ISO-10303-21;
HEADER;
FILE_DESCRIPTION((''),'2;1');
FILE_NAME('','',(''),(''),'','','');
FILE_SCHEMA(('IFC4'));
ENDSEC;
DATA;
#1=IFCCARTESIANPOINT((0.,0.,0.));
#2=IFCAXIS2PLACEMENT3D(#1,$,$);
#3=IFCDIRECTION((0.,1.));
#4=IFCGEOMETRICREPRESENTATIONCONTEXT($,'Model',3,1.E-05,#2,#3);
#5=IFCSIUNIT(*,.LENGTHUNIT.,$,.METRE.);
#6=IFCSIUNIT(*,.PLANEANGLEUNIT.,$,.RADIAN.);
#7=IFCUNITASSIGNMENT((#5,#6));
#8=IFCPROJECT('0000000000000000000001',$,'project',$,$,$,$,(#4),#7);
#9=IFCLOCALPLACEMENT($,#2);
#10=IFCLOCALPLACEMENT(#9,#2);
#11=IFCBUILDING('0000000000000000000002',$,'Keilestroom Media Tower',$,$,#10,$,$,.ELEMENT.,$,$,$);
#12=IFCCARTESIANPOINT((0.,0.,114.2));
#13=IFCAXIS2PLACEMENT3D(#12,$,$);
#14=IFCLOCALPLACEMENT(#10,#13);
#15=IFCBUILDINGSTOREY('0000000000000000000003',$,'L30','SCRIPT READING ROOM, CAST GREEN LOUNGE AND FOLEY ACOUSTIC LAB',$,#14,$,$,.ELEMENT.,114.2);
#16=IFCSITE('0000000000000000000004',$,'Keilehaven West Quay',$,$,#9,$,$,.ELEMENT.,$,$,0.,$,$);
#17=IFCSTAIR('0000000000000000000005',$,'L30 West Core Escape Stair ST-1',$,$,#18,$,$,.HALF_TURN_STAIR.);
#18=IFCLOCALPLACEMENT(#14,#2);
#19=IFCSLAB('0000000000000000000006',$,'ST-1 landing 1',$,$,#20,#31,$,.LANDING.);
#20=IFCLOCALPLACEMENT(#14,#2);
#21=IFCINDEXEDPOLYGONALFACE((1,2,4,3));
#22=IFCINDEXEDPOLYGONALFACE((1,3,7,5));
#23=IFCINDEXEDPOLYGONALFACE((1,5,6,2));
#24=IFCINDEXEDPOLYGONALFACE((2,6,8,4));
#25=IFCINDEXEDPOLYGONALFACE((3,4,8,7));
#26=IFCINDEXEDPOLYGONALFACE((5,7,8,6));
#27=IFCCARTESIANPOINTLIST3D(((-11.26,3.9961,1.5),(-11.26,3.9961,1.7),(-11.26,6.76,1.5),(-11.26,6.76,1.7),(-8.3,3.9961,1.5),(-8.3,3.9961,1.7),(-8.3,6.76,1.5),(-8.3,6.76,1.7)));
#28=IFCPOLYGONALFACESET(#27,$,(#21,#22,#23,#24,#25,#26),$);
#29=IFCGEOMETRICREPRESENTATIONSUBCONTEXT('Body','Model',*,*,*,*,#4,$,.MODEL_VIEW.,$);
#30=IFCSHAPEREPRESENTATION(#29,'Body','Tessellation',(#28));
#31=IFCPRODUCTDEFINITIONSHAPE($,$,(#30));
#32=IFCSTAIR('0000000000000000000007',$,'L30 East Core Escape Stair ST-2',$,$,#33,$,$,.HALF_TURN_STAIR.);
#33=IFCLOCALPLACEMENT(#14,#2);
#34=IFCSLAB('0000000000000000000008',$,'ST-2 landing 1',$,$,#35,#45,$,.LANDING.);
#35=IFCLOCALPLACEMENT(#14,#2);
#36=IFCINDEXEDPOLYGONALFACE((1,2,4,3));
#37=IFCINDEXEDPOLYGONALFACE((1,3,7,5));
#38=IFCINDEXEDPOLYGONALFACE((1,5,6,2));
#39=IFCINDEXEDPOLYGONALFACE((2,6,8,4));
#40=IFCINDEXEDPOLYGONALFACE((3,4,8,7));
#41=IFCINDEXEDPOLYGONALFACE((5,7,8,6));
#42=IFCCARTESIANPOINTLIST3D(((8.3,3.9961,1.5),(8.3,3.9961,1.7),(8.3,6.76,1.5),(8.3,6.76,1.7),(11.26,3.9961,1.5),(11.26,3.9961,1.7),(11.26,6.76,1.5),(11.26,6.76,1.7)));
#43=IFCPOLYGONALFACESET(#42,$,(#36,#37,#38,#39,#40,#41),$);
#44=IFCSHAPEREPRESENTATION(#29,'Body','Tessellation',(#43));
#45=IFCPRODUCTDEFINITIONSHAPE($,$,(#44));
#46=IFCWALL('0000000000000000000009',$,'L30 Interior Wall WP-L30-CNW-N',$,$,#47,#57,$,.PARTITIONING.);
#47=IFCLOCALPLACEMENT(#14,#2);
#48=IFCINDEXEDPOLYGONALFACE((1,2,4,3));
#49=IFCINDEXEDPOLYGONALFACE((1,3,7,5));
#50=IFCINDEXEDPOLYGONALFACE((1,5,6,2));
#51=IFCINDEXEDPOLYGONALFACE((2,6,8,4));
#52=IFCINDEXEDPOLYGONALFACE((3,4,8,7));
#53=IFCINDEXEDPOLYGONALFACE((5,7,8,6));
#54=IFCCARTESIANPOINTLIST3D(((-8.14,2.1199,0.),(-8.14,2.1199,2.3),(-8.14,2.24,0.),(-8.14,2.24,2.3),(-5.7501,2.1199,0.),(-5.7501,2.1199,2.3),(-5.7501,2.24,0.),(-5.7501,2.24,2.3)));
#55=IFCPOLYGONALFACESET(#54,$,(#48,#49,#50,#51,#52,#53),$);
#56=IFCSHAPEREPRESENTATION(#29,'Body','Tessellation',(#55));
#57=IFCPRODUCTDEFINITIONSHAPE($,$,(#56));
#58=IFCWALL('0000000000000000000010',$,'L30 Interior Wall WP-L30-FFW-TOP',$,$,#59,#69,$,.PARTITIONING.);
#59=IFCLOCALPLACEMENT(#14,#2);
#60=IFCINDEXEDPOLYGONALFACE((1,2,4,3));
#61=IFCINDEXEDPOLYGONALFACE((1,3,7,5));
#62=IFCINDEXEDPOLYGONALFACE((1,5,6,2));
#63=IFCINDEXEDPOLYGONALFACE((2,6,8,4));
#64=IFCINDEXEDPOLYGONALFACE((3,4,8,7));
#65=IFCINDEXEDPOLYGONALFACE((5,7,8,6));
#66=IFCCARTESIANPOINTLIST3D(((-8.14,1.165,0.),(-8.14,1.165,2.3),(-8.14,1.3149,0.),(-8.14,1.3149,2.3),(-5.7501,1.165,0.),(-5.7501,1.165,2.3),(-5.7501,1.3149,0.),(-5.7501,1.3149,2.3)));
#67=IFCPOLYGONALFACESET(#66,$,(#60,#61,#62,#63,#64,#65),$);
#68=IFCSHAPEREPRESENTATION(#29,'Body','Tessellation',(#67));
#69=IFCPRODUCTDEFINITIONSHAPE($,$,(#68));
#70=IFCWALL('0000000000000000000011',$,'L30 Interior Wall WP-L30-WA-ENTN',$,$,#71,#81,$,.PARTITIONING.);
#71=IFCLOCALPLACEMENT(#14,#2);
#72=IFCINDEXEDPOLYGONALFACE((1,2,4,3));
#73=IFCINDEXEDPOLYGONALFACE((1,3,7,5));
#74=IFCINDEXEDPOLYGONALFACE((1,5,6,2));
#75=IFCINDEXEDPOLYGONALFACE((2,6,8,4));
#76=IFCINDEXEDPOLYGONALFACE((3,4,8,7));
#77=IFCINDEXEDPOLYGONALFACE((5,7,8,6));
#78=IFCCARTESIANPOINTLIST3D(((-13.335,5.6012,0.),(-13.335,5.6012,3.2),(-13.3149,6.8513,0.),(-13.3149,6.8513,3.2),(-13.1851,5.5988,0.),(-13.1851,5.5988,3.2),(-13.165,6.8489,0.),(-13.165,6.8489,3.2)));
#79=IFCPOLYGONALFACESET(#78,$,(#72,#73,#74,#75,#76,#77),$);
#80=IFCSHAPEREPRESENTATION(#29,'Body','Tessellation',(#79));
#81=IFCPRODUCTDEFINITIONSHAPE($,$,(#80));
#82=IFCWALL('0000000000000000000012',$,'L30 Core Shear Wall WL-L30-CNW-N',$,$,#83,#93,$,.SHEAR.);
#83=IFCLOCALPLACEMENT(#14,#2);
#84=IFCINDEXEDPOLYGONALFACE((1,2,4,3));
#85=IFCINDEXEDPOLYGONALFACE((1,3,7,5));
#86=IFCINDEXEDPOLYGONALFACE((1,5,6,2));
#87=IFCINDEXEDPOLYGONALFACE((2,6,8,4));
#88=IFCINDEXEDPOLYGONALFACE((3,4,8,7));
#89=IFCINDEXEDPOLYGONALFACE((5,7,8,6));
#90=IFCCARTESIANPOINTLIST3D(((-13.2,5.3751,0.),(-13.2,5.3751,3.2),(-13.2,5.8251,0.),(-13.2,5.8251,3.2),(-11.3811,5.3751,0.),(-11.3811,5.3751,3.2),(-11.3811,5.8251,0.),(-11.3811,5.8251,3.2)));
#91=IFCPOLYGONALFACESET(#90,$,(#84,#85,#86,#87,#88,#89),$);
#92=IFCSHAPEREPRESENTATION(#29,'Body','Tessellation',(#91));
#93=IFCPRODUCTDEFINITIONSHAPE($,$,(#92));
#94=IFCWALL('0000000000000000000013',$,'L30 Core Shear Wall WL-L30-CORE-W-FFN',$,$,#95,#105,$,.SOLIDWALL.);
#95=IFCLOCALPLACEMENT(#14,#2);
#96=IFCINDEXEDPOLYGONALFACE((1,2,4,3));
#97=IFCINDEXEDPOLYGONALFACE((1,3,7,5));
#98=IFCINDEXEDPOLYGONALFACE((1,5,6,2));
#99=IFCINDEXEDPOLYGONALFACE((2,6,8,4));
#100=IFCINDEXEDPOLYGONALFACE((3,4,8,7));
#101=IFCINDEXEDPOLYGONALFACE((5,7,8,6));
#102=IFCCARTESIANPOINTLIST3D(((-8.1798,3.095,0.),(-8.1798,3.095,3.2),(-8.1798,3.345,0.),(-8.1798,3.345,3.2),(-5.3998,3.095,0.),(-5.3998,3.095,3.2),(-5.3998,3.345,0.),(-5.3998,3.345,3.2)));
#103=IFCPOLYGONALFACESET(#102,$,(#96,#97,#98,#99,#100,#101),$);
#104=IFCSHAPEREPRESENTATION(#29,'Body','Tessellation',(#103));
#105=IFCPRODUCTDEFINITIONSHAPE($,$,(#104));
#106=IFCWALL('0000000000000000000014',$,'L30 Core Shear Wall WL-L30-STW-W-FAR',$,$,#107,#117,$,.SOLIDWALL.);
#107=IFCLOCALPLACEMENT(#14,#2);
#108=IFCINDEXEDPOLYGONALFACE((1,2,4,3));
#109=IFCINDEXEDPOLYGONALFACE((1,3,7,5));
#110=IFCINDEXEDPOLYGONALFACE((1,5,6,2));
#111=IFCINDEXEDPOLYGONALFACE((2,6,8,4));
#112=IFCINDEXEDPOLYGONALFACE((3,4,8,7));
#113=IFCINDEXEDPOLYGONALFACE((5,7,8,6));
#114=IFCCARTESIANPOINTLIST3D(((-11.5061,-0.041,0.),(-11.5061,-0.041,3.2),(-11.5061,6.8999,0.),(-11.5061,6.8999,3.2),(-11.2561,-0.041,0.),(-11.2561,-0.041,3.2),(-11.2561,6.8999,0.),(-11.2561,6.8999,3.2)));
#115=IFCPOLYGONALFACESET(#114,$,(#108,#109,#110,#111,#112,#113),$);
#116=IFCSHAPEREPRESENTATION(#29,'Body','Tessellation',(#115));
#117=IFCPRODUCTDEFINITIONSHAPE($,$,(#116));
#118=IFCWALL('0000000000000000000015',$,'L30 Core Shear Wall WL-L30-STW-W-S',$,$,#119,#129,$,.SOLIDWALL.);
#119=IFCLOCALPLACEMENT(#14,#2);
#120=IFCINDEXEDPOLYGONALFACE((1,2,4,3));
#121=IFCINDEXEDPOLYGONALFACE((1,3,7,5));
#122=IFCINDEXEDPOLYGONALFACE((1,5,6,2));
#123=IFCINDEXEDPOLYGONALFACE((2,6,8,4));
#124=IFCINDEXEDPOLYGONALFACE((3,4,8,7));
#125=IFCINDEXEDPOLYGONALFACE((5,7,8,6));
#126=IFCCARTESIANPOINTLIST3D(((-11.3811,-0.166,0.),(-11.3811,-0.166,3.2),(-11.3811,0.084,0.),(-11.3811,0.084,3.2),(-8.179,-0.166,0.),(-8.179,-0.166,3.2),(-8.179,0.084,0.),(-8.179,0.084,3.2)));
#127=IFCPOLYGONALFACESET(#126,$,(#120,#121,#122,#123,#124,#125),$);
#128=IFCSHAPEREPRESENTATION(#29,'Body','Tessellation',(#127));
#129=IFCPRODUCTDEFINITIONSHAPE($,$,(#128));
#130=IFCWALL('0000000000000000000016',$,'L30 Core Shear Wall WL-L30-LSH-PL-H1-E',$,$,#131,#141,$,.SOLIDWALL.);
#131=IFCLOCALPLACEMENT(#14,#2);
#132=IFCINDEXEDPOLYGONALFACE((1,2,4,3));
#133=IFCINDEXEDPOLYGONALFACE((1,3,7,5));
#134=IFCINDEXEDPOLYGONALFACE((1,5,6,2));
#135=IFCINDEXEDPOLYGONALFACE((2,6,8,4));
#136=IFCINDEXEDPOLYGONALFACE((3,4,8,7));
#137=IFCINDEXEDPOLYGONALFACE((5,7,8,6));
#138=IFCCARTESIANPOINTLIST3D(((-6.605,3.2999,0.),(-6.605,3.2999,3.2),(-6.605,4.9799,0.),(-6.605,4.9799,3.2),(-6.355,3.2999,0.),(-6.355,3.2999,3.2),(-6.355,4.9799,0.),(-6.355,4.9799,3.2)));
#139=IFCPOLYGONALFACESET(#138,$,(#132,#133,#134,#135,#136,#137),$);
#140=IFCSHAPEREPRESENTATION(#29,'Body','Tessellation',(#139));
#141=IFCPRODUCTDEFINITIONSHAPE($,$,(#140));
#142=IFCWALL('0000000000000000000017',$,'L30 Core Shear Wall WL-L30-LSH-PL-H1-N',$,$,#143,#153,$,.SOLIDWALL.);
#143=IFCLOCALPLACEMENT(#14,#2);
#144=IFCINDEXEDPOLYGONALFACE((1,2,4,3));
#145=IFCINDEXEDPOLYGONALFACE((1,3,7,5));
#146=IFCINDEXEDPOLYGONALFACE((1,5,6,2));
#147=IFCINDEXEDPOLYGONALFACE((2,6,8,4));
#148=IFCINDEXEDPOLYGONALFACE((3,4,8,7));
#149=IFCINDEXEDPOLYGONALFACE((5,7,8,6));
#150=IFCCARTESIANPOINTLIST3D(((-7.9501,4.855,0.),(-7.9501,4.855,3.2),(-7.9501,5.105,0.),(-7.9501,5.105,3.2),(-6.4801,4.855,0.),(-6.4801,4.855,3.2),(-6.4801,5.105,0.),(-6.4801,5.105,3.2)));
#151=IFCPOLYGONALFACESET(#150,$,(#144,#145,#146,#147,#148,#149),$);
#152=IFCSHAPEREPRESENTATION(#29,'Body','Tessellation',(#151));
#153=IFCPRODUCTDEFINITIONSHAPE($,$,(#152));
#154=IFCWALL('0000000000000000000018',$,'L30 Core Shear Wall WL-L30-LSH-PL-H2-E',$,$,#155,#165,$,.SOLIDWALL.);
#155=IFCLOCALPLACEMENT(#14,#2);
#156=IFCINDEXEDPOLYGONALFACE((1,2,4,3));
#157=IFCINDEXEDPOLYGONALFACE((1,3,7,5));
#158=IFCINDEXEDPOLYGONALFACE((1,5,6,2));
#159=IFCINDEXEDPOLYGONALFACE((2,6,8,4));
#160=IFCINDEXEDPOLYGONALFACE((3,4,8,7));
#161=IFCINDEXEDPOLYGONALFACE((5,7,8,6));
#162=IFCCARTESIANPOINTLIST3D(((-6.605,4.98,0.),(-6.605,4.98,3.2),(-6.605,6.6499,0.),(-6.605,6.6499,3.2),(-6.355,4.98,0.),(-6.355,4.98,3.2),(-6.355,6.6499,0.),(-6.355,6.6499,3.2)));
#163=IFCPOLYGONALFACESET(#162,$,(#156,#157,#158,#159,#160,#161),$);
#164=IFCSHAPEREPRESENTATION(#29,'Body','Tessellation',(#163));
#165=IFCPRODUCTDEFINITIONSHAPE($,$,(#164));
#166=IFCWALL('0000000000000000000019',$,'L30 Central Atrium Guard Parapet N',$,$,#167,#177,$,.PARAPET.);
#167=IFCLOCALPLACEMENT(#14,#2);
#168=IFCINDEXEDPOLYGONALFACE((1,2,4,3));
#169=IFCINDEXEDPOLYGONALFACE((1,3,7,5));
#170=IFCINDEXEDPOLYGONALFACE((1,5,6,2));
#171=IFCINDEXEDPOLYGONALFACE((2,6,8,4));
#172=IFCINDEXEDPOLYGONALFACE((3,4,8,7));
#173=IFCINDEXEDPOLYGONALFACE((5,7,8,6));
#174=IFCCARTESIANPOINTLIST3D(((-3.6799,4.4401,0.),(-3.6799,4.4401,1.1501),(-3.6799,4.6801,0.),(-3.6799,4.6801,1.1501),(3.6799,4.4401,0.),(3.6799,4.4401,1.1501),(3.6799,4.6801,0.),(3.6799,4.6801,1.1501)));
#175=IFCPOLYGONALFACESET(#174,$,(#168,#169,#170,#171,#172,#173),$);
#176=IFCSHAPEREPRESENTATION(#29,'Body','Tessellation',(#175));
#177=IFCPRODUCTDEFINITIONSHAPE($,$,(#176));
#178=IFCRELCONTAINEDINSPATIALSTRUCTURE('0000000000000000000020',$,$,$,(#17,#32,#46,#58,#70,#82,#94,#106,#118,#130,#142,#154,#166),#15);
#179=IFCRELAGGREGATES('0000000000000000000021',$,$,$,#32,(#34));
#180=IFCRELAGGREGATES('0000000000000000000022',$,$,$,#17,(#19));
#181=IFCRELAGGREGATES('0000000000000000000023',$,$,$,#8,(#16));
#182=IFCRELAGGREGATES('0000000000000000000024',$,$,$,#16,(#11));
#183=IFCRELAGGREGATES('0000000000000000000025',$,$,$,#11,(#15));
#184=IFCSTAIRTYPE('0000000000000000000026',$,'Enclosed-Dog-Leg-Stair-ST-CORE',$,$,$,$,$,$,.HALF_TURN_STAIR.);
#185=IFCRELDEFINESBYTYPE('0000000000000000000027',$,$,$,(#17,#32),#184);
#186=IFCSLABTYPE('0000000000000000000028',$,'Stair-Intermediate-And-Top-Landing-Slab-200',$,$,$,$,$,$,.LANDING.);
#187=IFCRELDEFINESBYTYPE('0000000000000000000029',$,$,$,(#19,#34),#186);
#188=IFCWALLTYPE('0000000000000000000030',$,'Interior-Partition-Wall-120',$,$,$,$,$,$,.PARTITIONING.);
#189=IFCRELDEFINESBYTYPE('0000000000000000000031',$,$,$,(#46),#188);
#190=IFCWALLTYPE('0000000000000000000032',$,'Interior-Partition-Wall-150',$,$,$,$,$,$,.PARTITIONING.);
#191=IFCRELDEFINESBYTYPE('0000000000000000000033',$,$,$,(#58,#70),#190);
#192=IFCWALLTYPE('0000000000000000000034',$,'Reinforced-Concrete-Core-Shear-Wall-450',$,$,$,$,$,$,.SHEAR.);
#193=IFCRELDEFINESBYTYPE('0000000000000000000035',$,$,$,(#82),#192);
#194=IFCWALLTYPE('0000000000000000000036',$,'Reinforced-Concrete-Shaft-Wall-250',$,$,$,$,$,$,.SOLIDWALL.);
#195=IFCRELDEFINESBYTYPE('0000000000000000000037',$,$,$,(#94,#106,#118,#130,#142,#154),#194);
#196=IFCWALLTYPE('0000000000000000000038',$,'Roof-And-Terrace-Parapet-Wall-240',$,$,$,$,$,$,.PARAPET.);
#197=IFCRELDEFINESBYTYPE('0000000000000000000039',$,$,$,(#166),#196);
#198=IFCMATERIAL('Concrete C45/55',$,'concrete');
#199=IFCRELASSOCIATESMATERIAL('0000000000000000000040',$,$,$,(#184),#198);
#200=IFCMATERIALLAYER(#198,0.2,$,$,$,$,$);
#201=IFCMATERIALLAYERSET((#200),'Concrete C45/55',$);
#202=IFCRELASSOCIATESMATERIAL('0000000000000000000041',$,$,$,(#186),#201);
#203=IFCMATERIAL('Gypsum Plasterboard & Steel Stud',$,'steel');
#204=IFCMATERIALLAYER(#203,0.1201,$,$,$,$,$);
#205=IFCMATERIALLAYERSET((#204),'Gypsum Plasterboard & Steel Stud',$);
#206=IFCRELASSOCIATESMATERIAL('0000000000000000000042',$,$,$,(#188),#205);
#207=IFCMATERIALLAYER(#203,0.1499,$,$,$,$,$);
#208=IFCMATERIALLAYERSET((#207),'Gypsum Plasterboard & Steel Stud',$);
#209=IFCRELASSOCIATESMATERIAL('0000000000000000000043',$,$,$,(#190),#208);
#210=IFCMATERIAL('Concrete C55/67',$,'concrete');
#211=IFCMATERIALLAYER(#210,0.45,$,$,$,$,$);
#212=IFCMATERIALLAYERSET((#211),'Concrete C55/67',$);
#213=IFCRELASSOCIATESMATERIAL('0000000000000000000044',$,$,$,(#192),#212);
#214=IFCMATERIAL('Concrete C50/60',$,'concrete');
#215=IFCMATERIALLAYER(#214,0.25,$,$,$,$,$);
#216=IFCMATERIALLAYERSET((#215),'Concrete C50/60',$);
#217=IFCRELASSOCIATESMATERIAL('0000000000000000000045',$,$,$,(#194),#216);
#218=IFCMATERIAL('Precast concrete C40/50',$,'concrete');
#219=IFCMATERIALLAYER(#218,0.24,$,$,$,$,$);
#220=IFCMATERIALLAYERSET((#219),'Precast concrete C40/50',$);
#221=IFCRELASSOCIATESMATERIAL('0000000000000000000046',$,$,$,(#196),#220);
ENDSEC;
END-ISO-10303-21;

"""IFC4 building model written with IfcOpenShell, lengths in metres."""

from ifc_helpers import new_model, si_unit, direction, frame, frame_2d, origin, place, context, subcontext, project, spatial, polyline, rectangle, outline, extrude, material, layer, layer_set, type_object, element, aggregate, save


model = new_model("IFC4")

# Units and contexts
model_context = context("Model", 3, precision=1e-05, world=origin(), true_north=direction((0.0, 1.0)))
body_context = subcontext(model_context, "Body", "Model", "MODEL_VIEW")
ifc_project = project(units=[si_unit("LENGTHUNIT", "METRE"), si_unit("PLANEANGLEUNIT", "RADIAN")], contexts=[model_context])

# Site, building, storey
site_placement = place(None, origin())
site = spatial("IfcSite", under=ifc_project, at=site_placement, Name="Keilehaven West Quay", CompositionType="ELEMENT", RefElevation=0.0)
building_placement = place(site_placement, origin())
building = spatial("IfcBuilding", under=site, at=building_placement, Name="Keilestroom Media Tower", CompositionType="ELEMENT")
storey_placement = place(building_placement, frame((0.0, 0.0, 114.2)))
storey = spatial("IfcBuildingStorey", under=building, at=storey_placement, Name="L30", Description="SCRIPT READING ROOM, CAST GREEN LOUNGE AND FOLEY ACOUSTIC LAB", CompositionType="ELEMENT", Elevation=114.2)

# Shared definitions
ifc_material_1 = material(Name="Concrete C50/60", Category="concrete")

# Stairs, slabs
ifc_material_2 = material(Name="Concrete C45/55", Category="concrete")
stair_type = type_object("IfcStairType", Name="Enclosed-Dog-Leg-Stair-ST-CORE", PredefinedType="HALF_TURN_STAIR", material=ifc_material_2)
stair_1_placement = place(storey_placement, origin())
stair_1 = element("IfcStair", 1, at=stair_1_placement, inside=storey, type_object=stair_type, Name="L30 West Core Escape Stair ST-1", PredefinedType="HALF_TURN_STAIR")
ifc_layer_1 = layer(ifc_material_2, 0.2)
ifc_layer_set_1 = layer_set([ifc_layer_1], Name="Concrete C45/55")
slab_type_1 = type_object("IfcSlabType", Name="Stair-Intermediate-And-Top-Landing-Slab-200", PredefinedType="LANDING", material=ifc_layer_set_1)
slab_1_placement = place(storey_placement, frame((0.0, 0.0, 1.5)))
slab_1 = element("IfcSlab", 2, at=slab_1_placement, type_object=slab_type_1, Name="ST-1 landing 1", PredefinedType="LANDING", context=body_context, shape_type="SweptSolid", body=[
    extrude(outline(polyline([(-8.3, 3.9961), (-8.3, 6.76), (-11.26, 6.76), (-11.26, 3.9961), (-8.3, 3.9961)])), origin(), (0.0, 0.0, 1.0), 0.2),
])
stair_2_placement = place(storey_placement, origin())
stair_2 = element("IfcStair", 3, at=stair_2_placement, inside=storey, type_object=stair_type, Name="L30 East Core Escape Stair ST-2", PredefinedType="HALF_TURN_STAIR")
slab_2_placement = place(storey_placement, frame((0.0, 0.0, 1.5)))
slab_2 = element("IfcSlab", 4, at=slab_2_placement, type_object=slab_type_1, Name="ST-2 landing 1", PredefinedType="LANDING", context=body_context, shape_type="SweptSolid", body=[
    extrude(outline(polyline([(11.26, 3.9961), (11.26, 6.76), (8.3, 6.76), (8.3, 3.9961), (11.26, 3.9961)])), origin(), (0.0, 0.0, 1.0), 0.2),
])
aggregate(stair_2, [slab_2])

# Walls
ifc_material_3 = material(Name="Gypsum Plasterboard & Steel Stud", Category="steel")
ifc_layer_2 = layer(ifc_material_3, 0.1201)
ifc_layer_set_2 = layer_set([ifc_layer_2], Name="Gypsum Plasterboard & Steel Stud")
wall_type_1 = type_object("IfcWallType", Name="Interior-Partition-Wall-120", PredefinedType="PARTITIONING", material=ifc_layer_set_2)
wall_1_placement = place(storey_placement, frame((-8.1399, 2.1799, 0.0), z_axis=(0.0, 0.0, 1.0), x_axis=(1.0, 0.0, 0.0)))
element("IfcWall", 5, at=wall_1_placement, inside=storey, type_object=wall_type_1, Name="L30 Interior Wall WP-L30-CNW-N", PredefinedType="PARTITIONING", context=body_context, shape_type="SweptSolid", body=[
    extrude(rectangle(XDim=2.3899, YDim=0.1201, at=frame_2d((1.1948, 0.0))), origin(), (0.0, 0.0, 1.0), 2.3),
])
ifc_layer_3 = layer(ifc_material_3, 0.1499)
ifc_layer_set_3 = layer_set([ifc_layer_3], Name="Gypsum Plasterboard & Steel Stud")
wall_type_2 = type_object("IfcWallType", Name="Interior-Partition-Wall-150", PredefinedType="PARTITIONING", material=ifc_layer_set_3)
wall_2_placement = place(storey_placement, frame((-8.1399, 1.24, 0.0), z_axis=(0.0, 0.0, 1.0), x_axis=(1.0, 0.0, 0.0)))
element("IfcWall", 6, at=wall_2_placement, inside=storey, type_object=wall_type_2, Name="L30 Interior Wall WP-L30-FFW-TOP", PredefinedType="PARTITIONING", context=body_context, shape_type="SweptSolid", body=[
    extrude(rectangle(XDim=2.3899, YDim=0.1499, at=frame_2d((1.1948, 0.0))), origin(), (0.0, 0.0, 1.0), 2.3),
])
wall_3_placement = place(storey_placement, frame((-13.26, 5.6001, 0.0), z_axis=(0.0, 0.0, 1.0), x_axis=(0.016014, 0.999872, 0.0)))
element("IfcWall", 7, at=wall_3_placement, inside=storey, type_object=wall_type_2, Name="L30 Interior Wall WP-L30-WA-ENTN", PredefinedType="PARTITIONING", context=body_context, shape_type="SweptSolid", body=[
    extrude(rectangle(XDim=1.2502, YDim=0.1499, at=frame_2d((0.625, 0.0))), origin(), (0.0, 0.0, 1.0), 3.2),
])
ifc_material_4 = material(Name="Concrete C55/67", Category="concrete")
ifc_layer_4 = layer(ifc_material_4, 0.45)
ifc_layer_set_4 = layer_set([ifc_layer_4], Name="Concrete C55/67")
wall_type_3 = type_object("IfcWallType", Name="Reinforced-Concrete-Core-Shear-Wall-450", PredefinedType="SHEAR", material=ifc_layer_set_4)
wall_4_placement = place(storey_placement, frame((-13.2, 5.6001, 0.0), z_axis=(0.0, 0.0, 1.0), x_axis=(1.0, 0.0, 0.0)))
element("IfcWall", 8, at=wall_4_placement, inside=storey, type_object=wall_type_3, Name="L30 Core Shear Wall WL-L30-CNW-N", PredefinedType="SHEAR", context=body_context, shape_type="SweptSolid", body=[
    extrude(rectangle(XDim=1.8188, YDim=0.45, at=frame_2d((0.9094, 0.0))), origin(), (0.0, 0.0, 1.0), 3.2),
])
ifc_layer_5 = layer(ifc_material_1, 0.25)
ifc_layer_set_5 = layer_set([ifc_layer_5], Name="Concrete C50/60")
wall_type_4 = type_object("IfcWallType", Name="Reinforced-Concrete-Shaft-Wall-250", PredefinedType="SOLIDWALL", material=ifc_layer_set_5)
wall_5_placement = place(storey_placement, frame((-8.1799, 3.22, 0.0), z_axis=(0.0, 0.0, 1.0), x_axis=(1.0, 0.0, 0.0)))
element("IfcWall", 9, at=wall_5_placement, inside=storey, type_object=wall_type_4, Name="L30 Core Shear Wall WL-L30-CORE-W-FFN", PredefinedType="SOLIDWALL", context=body_context, shape_type="SweptSolid", body=[
    extrude(rectangle(XDim=2.78, YDim=0.25, at=frame_2d((1.3901, 0.0))), origin(), (0.0, 0.0, 1.0), 3.2),
])
wall_6_placement = place(storey_placement, frame((-11.3811, -0.041, 0.0), z_axis=(0.0, 0.0, 1.0), x_axis=(0.0, 1.0, 0.0)))
element("IfcWall", 10, at=wall_6_placement, inside=storey, type_object=wall_type_4, Name="L30 Core Shear Wall WL-L30-STW-W-FAR", PredefinedType="SOLIDWALL", context=body_context, shape_type="SweptSolid", body=[
    extrude(rectangle(XDim=6.9409, YDim=0.25, at=frame_2d((3.4705, 0.0))), origin(), (0.0, 0.0, 1.0), 3.2),
])
wall_7_placement = place(storey_placement, frame((-11.3811, -0.041, 0.0), z_axis=(0.0, 0.0, 1.0), x_axis=(1.0, 0.0, 0.0)))
element("IfcWall", 11, at=wall_7_placement, inside=storey, type_object=wall_type_4, Name="L30 Core Shear Wall WL-L30-STW-W-S", PredefinedType="SOLIDWALL", context=body_context, shape_type="SweptSolid", body=[
    extrude(rectangle(XDim=3.2021, YDim=0.25, at=frame_2d((1.6011, 0.0))), origin(), (0.0, 0.0, 1.0), 3.2),
])
wall_8_placement = place(storey_placement, frame((-6.48, 3.3, 0.0), z_axis=(0.0, 0.0, 1.0), x_axis=(0.0, 1.0, 0.0)))
element("IfcWall", 12, at=wall_8_placement, inside=storey, type_object=wall_type_4, Name="L30 Core Shear Wall WL-L30-LSH-PL-H1-E", PredefinedType="SOLIDWALL", context=body_context, shape_type="SweptSolid", body=[
    extrude(rectangle(XDim=1.6799, YDim=0.25, at=frame_2d((0.8398, 0.0))), origin(), (0.0, 0.0, 1.0), 3.2),
])
wall_9_placement = place(storey_placement, frame((-7.95, 4.98, 0.0), z_axis=(0.0, 0.0, 1.0), x_axis=(1.0, 0.0, 0.0)))
element("IfcWall", 13, at=wall_9_placement, inside=storey, type_object=wall_type_4, Name="L30 Core Shear Wall WL-L30-LSH-PL-H1-N", PredefinedType="SOLIDWALL", context=body_context, shape_type="SweptSolid", body=[
    extrude(rectangle(XDim=1.47, YDim=0.25, at=frame_2d((0.7349, 0.0))), origin(), (0.0, 0.0, 1.0), 3.2),
])
wall_10_placement = place(storey_placement, frame((-6.48, 4.98, 0.0), z_axis=(0.0, 0.0, 1.0), x_axis=(0.0, 1.0, 0.0)))
element("IfcWall", 14, at=wall_10_placement, inside=storey, type_object=wall_type_4, Name="L30 Core Shear Wall WL-L30-LSH-PL-H2-E", PredefinedType="SOLIDWALL", context=body_context, shape_type="SweptSolid", body=[
    extrude(rectangle(XDim=1.6699, YDim=0.25, at=frame_2d((0.835, 0.0))), origin(), (0.0, 0.0, 1.0), 3.2),
])
ifc_material_5 = material(Name="Precast concrete C40/50", Category="concrete")
ifc_layer_6 = layer(ifc_material_5, 0.24)
ifc_layer_set_6 = layer_set([ifc_layer_6], Name="Precast concrete C40/50")
wall_type_5 = type_object("IfcWallType", Name="Roof-And-Terrace-Parapet-Wall-240", PredefinedType="PARAPET", material=ifc_layer_set_6)
wall_11_placement = place(storey_placement, frame((-3.6799, 4.5601, 0.0), z_axis=(0.0, 0.0, 1.0), x_axis=(1.0, 0.0, 0.0)))
element("IfcWall", 15, at=wall_11_placement, inside=storey, type_object=wall_type_5, Name="L30 Central Atrium Guard Parapet N", PredefinedType="PARAPET", context=body_context, shape_type="SweptSolid", body=[
    extrude(rectangle(XDim=7.3599, YDim=0.24, at=frame_2d((3.6799, 0.0))), origin(), (0.0, 0.0, 1.0), 1.1501),
])

aggregate(stair_1, [slab_1])

save(model, "model.ifc")
